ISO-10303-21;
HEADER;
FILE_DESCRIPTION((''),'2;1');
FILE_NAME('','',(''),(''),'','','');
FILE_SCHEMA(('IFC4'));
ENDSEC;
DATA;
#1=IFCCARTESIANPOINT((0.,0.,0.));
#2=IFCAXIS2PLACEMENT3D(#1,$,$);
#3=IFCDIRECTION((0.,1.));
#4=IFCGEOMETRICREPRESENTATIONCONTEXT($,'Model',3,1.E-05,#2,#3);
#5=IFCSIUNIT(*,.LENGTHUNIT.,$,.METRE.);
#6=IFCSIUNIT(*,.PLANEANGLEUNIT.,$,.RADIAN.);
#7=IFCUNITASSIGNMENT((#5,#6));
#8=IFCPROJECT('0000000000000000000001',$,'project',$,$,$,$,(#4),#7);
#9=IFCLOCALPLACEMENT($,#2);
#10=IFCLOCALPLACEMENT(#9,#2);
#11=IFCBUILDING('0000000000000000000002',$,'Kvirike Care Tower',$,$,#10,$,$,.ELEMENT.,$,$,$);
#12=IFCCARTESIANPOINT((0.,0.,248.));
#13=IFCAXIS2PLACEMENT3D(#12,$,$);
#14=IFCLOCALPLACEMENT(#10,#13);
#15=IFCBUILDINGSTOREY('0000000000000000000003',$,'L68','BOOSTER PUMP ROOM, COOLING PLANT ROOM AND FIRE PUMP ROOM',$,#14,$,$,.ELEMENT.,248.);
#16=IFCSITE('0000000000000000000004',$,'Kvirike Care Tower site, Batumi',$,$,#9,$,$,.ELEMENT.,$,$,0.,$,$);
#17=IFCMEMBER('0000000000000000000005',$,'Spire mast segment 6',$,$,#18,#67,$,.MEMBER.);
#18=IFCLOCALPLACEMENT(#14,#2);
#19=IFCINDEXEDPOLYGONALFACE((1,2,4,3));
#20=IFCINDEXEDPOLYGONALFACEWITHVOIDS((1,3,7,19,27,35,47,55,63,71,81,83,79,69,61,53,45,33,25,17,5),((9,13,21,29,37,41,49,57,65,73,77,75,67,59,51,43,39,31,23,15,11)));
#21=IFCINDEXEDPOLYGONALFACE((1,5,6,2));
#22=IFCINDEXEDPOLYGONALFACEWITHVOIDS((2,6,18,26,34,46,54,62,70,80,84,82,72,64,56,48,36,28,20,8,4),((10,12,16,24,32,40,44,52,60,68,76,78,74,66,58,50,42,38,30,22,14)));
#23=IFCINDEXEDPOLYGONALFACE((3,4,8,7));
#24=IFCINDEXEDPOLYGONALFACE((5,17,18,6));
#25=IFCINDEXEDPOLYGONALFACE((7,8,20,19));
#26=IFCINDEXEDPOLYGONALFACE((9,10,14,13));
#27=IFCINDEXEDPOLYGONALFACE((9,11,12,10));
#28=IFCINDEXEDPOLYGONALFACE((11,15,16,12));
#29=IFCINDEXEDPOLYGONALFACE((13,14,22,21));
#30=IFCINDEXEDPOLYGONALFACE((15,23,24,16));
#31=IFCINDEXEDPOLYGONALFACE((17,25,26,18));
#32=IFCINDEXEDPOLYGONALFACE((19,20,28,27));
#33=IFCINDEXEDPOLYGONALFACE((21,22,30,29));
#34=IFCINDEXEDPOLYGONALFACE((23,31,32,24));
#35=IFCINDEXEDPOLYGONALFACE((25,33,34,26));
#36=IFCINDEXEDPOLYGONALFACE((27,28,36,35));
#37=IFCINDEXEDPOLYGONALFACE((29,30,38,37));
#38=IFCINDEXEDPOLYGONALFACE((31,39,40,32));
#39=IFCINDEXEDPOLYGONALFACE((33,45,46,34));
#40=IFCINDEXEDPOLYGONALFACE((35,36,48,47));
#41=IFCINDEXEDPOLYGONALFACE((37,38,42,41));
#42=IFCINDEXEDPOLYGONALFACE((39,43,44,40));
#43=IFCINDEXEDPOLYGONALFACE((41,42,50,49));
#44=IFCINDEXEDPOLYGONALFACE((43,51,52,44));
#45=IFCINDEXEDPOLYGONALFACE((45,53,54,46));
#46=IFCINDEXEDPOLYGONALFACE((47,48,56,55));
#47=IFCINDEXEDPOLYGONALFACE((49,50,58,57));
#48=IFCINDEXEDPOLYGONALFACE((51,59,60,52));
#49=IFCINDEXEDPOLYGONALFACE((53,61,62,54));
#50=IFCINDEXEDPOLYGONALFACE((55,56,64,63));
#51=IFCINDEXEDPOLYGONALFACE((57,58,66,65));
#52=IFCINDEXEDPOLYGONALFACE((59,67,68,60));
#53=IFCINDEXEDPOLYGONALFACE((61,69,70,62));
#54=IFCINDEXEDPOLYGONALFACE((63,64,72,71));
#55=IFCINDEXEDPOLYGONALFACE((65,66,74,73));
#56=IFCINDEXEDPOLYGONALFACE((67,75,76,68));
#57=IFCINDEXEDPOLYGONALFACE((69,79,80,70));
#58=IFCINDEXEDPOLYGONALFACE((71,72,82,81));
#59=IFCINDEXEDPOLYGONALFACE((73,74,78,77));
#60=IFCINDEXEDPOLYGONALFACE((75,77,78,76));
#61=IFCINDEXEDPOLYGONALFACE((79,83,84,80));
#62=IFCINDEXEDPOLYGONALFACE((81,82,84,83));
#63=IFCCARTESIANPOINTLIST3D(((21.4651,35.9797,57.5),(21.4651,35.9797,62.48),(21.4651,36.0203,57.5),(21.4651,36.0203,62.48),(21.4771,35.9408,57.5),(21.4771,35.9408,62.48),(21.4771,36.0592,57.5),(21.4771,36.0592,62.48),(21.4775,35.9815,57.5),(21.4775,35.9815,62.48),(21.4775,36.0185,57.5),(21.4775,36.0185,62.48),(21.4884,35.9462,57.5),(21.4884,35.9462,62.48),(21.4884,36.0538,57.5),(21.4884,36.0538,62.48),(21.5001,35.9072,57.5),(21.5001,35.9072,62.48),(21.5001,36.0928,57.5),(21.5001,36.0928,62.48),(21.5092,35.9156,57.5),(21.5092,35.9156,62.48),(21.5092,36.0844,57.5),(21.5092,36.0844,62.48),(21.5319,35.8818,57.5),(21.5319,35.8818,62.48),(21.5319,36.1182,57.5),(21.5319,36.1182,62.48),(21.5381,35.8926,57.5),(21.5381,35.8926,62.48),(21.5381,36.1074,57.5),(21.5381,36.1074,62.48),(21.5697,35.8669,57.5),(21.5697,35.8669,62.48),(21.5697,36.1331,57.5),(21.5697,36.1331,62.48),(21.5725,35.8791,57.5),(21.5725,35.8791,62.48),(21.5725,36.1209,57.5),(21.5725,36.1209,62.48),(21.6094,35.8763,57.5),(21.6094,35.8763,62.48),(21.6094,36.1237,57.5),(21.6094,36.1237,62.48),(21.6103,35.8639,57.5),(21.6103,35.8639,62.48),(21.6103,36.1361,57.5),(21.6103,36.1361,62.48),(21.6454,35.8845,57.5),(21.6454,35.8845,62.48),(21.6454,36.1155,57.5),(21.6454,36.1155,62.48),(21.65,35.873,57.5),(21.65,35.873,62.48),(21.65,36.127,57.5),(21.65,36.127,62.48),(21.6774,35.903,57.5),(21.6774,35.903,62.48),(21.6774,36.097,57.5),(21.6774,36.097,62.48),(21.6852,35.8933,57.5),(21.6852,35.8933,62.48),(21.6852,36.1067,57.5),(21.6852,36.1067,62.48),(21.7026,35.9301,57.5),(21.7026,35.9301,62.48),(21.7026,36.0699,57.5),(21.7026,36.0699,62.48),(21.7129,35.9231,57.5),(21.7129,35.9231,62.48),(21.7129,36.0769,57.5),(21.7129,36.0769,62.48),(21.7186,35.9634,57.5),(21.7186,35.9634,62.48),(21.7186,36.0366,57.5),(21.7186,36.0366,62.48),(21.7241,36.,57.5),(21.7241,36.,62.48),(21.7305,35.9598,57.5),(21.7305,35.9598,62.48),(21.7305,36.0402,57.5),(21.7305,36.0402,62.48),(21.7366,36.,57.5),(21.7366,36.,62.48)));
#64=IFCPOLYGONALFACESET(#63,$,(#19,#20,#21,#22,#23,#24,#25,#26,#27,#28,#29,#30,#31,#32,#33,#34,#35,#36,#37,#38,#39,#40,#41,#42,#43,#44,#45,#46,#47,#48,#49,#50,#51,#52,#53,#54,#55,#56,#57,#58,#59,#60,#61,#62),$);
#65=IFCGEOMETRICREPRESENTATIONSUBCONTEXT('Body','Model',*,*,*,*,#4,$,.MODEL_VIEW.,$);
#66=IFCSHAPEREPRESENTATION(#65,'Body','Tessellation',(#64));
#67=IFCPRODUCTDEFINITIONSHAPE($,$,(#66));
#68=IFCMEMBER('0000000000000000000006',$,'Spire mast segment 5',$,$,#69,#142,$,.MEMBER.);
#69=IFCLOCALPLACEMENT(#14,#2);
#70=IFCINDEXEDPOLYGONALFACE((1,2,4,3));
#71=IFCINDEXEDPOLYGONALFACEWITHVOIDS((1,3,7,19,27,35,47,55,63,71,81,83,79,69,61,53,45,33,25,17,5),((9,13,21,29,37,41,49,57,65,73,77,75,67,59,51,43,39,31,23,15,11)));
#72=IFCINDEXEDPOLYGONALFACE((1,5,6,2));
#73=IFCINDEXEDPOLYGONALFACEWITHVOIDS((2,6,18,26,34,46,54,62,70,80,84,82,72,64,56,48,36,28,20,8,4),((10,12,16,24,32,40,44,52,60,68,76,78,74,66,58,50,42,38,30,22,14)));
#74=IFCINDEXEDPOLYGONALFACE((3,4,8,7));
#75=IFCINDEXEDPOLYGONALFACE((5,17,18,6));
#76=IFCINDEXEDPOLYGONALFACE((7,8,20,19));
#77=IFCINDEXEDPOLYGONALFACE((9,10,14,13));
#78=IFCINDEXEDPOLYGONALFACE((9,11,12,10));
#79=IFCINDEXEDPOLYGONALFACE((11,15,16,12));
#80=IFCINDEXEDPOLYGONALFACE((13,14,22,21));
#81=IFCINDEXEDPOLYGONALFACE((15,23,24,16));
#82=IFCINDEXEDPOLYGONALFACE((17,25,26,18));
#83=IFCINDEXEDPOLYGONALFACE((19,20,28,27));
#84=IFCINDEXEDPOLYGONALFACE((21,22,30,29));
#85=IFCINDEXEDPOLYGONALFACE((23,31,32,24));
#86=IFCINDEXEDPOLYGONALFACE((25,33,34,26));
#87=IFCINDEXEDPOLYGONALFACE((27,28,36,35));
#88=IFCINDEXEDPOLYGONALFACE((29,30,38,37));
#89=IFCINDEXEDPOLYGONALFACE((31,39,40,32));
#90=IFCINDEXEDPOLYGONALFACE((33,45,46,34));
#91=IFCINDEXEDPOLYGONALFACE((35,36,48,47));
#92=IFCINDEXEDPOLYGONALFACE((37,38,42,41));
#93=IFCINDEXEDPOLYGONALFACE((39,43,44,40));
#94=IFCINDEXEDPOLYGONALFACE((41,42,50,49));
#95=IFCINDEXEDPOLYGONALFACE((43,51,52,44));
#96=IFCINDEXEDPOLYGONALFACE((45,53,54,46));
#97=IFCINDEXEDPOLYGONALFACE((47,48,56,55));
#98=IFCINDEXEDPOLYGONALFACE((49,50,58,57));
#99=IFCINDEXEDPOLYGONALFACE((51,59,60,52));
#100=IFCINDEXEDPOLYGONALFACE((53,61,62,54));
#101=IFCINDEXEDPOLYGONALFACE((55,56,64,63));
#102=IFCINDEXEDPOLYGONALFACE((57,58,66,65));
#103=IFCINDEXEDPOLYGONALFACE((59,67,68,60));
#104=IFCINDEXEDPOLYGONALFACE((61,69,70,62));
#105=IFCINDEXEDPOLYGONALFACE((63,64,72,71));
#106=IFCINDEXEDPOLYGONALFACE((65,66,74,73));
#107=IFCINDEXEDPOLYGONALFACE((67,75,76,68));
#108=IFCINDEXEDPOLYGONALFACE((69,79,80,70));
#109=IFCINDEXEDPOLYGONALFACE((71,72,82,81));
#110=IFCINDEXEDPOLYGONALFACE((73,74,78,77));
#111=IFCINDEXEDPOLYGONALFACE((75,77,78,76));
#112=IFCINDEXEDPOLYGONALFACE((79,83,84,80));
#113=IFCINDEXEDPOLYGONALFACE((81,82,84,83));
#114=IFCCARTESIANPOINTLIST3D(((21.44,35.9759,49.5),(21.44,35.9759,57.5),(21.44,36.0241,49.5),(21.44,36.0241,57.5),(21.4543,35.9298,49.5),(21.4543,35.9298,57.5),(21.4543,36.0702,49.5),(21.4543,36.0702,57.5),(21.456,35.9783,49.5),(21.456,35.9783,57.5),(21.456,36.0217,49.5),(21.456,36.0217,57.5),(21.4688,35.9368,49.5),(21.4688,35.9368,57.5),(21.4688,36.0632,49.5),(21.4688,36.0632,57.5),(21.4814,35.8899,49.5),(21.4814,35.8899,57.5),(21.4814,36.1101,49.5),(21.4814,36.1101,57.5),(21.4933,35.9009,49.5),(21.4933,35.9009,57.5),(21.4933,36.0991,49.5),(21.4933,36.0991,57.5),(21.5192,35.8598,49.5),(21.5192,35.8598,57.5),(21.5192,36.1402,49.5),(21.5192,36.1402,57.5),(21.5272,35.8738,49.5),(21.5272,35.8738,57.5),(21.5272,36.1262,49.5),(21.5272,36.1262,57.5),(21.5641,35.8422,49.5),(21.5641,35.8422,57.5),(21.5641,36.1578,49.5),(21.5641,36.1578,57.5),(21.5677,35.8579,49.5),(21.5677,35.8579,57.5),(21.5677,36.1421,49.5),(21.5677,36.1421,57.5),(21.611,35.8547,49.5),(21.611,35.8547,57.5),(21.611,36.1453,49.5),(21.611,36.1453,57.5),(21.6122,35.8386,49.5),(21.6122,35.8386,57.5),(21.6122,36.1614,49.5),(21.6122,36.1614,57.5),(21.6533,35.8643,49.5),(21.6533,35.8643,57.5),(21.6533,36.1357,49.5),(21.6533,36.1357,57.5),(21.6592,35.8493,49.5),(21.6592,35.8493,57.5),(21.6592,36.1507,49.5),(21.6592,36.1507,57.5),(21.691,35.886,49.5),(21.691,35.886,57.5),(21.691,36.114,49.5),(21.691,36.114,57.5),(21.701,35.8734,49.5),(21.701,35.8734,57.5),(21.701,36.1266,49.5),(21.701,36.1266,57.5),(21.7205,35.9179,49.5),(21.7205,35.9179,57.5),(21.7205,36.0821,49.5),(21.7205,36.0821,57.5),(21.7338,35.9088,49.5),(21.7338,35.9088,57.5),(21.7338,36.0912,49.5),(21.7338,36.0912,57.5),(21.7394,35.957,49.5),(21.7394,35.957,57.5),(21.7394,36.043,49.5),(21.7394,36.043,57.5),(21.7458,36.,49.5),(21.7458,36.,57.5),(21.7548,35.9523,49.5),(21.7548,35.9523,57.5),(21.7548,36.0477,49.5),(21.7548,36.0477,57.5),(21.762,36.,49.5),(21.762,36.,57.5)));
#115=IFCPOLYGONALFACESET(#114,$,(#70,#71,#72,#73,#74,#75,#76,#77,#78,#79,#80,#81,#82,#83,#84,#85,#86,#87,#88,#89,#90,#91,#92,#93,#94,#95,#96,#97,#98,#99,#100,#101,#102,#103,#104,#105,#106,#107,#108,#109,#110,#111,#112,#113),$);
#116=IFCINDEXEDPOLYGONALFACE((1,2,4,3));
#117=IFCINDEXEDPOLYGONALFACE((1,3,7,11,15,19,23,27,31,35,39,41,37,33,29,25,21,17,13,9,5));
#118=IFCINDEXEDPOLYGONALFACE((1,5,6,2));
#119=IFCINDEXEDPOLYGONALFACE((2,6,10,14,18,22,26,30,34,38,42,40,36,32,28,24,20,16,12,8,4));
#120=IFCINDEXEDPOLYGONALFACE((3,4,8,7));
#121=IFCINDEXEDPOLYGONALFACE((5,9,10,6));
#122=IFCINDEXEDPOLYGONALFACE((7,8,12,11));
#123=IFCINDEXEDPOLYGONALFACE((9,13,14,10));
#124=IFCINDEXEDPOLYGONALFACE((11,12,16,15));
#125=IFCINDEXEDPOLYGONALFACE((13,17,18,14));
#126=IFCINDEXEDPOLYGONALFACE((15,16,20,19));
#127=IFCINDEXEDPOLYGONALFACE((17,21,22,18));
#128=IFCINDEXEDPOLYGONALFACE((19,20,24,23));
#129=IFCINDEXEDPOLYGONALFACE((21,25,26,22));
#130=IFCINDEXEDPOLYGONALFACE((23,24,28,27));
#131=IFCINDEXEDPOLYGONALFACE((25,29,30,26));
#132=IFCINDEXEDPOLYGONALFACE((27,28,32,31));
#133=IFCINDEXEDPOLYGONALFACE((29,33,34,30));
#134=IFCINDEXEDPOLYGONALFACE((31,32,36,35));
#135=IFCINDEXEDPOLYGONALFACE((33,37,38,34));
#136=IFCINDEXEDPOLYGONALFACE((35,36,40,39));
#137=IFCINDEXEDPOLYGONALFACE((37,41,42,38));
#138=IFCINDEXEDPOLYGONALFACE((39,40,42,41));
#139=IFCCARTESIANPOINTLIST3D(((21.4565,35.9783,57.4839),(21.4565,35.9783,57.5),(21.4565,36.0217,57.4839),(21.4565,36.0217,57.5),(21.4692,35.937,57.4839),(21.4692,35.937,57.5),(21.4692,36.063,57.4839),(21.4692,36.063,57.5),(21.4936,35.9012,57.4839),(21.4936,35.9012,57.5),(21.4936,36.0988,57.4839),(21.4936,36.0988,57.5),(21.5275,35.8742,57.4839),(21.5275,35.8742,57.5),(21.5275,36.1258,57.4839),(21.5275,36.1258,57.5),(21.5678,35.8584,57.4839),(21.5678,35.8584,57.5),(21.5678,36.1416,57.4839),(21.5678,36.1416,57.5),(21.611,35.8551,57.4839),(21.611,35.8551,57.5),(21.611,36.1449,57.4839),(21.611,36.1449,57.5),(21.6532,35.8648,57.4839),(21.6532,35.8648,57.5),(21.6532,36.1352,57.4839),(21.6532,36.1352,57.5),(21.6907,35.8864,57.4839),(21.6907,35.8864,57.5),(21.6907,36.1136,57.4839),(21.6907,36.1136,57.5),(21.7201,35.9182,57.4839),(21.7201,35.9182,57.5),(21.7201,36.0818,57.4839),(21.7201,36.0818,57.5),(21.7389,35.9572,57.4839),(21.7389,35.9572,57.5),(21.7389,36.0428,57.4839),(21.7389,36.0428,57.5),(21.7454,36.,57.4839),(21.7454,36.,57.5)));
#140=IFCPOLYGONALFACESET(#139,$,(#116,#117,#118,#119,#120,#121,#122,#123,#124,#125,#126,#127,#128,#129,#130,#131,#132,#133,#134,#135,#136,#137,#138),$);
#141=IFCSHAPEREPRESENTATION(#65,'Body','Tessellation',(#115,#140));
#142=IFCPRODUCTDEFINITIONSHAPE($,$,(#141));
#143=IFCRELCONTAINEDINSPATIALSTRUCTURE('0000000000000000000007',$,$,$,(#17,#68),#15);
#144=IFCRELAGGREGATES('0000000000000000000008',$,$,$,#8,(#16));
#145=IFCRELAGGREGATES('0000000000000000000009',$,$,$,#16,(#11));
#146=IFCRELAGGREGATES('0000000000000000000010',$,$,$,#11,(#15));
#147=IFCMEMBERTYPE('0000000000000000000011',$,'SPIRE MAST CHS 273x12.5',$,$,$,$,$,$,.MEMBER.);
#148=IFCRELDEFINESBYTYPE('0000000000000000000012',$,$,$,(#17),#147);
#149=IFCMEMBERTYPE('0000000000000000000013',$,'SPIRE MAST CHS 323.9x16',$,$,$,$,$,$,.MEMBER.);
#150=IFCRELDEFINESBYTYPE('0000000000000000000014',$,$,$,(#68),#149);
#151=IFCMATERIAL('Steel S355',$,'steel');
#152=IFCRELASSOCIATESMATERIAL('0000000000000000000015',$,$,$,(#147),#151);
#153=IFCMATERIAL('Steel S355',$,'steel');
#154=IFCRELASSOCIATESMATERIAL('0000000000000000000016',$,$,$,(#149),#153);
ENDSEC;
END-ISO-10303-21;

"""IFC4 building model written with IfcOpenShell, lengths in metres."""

from ifc_helpers import new_model, entity, si_unit, direction, frame, origin, origin_2d, place, context, subcontext, project, spatial, hollow_circle, extrude, material, material_profile, profile_set, type_object, element, save


model = new_model("IFC4")

# Units and contexts
model_context = context("Model", 3, precision=1e-05, world=origin(), true_north=direction((0.0, 1.0)))
body_context = subcontext(model_context, "Body", "Model", "MODEL_VIEW")
ifc_project = project(units=[si_unit("LENGTHUNIT", "METRE"), si_unit("PLANEANGLEUNIT", "RADIAN")], contexts=[model_context])

# Site, building, storey
site_placement = place(None, origin())
site = spatial("IfcSite", under=ifc_project, at=site_placement, Name="Kvirike Care Tower site, Batumi", CompositionType="ELEMENT", RefElevation=0.0)
building_placement = place(site_placement, origin())
building = spatial("IfcBuilding", under=site, at=building_placement, Name="Kvirike Care Tower", CompositionType="ELEMENT")
storey_placement = place(building_placement, frame((0.0, 0.0, 248.0)))
storey = spatial("IfcBuildingStorey", under=building, at=storey_placement, Name="L68", Description="BOOSTER PUMP ROOM, COOLING PLANT ROOM AND FIRE PUMP ROOM", CompositionType="ELEMENT", Elevation=248.0)

# Members
ifc_material_1 = material(Name="Steel S355", Category="steel")
ifc_material_profile_1 = material_profile(ifc_material_1, hollow_circle(Radius=0.1365, WallThickness=0.0125, at=origin_2d()), Name="CHS 273x12.5")
ifc_profile_set_1 = profile_set([ifc_material_profile_1], Name="Steel S355")
member_type_1 = type_object("IfcMemberType", Name="SPIRE MAST CHS 273x12.5", PredefinedType="MEMBER", material=ifc_profile_set_1)
member_1_placement = place(storey_placement, frame((21.6001, 36.0, 57.5), z_axis=(0.0, 0.0, 1.0), x_axis=(1.0, 0.0, 0.0)))
element("IfcMember", 1, at=member_1_placement, inside=storey, type_object=member_type_1, Name="Spire mast segment 6", PredefinedType="MEMBER", context=body_context, shape_type="SweptSolid", body=[
    extrude(hollow_circle(Radius=0.1365, WallThickness=0.0125, at=origin_2d()), origin(), (0.0, 0.0, 1.0), 4.98),
])
ifc_material_2 = material(Name="Steel S355", Category="steel")
ifc_material_profile_2 = material_profile(ifc_material_2, hollow_circle(Radius=0.1619, WallThickness=0.0161, at=origin_2d()), Name="CHS 323.9x16")
ifc_profile_set_2 = profile_set([ifc_material_profile_2], Name="Steel S355")
member_type_2 = type_object("IfcMemberType", Name="SPIRE MAST CHS 323.9x16", PredefinedType="MEMBER", material=ifc_profile_set_2)
member_2_placement = place(storey_placement, frame((21.6001, 36.0, 49.5), z_axis=(0.0, 0.0, 1.0), x_axis=(1.0, 0.0, 0.0)))
cartesian_point_1 = entity("IfcCartesianPoint", [0.0, 0.0])
ifc_direction_1 = entity("IfcDirection", [0.0, 1.0, 0.0])
element("IfcMember", 2, at=member_2_placement, inside=storey, type_object=member_type_2, Name="Spire mast segment 5", PredefinedType="MEMBER", context=body_context, shape_type="SweptSolid", body=[
    extrude(hollow_circle(Radius=0.1619, WallThickness=0.0161, at=origin_2d()), origin(), (0.0, 0.0, 1.0), 8.0),
    entity("IfcRevolvedAreaSolid", entity("IfcArbitraryClosedProfileDef", "AREA", None, entity("IfcPolyline", [cartesian_point_1, entity("IfcCartesianPoint", [0.1453, 0.0]), entity("IfcCartesianPoint", [0.1453, 0.0161]), entity("IfcCartesianPoint", [0.0, 0.0161]), cartesian_point_1])), entity("IfcAxis2Placement3D", entity("IfcCartesianPoint", [0.0, 0.0, 8.0]), ifc_direction_1, entity("IfcDirection", [1.0, 0.0, 0.0])), entity("IfcAxis1Placement", entity("IfcCartesianPoint", [0.0, 0.0, 0.0]), ifc_direction_1), 6.283185),
])

save(model, "model.ifc")
